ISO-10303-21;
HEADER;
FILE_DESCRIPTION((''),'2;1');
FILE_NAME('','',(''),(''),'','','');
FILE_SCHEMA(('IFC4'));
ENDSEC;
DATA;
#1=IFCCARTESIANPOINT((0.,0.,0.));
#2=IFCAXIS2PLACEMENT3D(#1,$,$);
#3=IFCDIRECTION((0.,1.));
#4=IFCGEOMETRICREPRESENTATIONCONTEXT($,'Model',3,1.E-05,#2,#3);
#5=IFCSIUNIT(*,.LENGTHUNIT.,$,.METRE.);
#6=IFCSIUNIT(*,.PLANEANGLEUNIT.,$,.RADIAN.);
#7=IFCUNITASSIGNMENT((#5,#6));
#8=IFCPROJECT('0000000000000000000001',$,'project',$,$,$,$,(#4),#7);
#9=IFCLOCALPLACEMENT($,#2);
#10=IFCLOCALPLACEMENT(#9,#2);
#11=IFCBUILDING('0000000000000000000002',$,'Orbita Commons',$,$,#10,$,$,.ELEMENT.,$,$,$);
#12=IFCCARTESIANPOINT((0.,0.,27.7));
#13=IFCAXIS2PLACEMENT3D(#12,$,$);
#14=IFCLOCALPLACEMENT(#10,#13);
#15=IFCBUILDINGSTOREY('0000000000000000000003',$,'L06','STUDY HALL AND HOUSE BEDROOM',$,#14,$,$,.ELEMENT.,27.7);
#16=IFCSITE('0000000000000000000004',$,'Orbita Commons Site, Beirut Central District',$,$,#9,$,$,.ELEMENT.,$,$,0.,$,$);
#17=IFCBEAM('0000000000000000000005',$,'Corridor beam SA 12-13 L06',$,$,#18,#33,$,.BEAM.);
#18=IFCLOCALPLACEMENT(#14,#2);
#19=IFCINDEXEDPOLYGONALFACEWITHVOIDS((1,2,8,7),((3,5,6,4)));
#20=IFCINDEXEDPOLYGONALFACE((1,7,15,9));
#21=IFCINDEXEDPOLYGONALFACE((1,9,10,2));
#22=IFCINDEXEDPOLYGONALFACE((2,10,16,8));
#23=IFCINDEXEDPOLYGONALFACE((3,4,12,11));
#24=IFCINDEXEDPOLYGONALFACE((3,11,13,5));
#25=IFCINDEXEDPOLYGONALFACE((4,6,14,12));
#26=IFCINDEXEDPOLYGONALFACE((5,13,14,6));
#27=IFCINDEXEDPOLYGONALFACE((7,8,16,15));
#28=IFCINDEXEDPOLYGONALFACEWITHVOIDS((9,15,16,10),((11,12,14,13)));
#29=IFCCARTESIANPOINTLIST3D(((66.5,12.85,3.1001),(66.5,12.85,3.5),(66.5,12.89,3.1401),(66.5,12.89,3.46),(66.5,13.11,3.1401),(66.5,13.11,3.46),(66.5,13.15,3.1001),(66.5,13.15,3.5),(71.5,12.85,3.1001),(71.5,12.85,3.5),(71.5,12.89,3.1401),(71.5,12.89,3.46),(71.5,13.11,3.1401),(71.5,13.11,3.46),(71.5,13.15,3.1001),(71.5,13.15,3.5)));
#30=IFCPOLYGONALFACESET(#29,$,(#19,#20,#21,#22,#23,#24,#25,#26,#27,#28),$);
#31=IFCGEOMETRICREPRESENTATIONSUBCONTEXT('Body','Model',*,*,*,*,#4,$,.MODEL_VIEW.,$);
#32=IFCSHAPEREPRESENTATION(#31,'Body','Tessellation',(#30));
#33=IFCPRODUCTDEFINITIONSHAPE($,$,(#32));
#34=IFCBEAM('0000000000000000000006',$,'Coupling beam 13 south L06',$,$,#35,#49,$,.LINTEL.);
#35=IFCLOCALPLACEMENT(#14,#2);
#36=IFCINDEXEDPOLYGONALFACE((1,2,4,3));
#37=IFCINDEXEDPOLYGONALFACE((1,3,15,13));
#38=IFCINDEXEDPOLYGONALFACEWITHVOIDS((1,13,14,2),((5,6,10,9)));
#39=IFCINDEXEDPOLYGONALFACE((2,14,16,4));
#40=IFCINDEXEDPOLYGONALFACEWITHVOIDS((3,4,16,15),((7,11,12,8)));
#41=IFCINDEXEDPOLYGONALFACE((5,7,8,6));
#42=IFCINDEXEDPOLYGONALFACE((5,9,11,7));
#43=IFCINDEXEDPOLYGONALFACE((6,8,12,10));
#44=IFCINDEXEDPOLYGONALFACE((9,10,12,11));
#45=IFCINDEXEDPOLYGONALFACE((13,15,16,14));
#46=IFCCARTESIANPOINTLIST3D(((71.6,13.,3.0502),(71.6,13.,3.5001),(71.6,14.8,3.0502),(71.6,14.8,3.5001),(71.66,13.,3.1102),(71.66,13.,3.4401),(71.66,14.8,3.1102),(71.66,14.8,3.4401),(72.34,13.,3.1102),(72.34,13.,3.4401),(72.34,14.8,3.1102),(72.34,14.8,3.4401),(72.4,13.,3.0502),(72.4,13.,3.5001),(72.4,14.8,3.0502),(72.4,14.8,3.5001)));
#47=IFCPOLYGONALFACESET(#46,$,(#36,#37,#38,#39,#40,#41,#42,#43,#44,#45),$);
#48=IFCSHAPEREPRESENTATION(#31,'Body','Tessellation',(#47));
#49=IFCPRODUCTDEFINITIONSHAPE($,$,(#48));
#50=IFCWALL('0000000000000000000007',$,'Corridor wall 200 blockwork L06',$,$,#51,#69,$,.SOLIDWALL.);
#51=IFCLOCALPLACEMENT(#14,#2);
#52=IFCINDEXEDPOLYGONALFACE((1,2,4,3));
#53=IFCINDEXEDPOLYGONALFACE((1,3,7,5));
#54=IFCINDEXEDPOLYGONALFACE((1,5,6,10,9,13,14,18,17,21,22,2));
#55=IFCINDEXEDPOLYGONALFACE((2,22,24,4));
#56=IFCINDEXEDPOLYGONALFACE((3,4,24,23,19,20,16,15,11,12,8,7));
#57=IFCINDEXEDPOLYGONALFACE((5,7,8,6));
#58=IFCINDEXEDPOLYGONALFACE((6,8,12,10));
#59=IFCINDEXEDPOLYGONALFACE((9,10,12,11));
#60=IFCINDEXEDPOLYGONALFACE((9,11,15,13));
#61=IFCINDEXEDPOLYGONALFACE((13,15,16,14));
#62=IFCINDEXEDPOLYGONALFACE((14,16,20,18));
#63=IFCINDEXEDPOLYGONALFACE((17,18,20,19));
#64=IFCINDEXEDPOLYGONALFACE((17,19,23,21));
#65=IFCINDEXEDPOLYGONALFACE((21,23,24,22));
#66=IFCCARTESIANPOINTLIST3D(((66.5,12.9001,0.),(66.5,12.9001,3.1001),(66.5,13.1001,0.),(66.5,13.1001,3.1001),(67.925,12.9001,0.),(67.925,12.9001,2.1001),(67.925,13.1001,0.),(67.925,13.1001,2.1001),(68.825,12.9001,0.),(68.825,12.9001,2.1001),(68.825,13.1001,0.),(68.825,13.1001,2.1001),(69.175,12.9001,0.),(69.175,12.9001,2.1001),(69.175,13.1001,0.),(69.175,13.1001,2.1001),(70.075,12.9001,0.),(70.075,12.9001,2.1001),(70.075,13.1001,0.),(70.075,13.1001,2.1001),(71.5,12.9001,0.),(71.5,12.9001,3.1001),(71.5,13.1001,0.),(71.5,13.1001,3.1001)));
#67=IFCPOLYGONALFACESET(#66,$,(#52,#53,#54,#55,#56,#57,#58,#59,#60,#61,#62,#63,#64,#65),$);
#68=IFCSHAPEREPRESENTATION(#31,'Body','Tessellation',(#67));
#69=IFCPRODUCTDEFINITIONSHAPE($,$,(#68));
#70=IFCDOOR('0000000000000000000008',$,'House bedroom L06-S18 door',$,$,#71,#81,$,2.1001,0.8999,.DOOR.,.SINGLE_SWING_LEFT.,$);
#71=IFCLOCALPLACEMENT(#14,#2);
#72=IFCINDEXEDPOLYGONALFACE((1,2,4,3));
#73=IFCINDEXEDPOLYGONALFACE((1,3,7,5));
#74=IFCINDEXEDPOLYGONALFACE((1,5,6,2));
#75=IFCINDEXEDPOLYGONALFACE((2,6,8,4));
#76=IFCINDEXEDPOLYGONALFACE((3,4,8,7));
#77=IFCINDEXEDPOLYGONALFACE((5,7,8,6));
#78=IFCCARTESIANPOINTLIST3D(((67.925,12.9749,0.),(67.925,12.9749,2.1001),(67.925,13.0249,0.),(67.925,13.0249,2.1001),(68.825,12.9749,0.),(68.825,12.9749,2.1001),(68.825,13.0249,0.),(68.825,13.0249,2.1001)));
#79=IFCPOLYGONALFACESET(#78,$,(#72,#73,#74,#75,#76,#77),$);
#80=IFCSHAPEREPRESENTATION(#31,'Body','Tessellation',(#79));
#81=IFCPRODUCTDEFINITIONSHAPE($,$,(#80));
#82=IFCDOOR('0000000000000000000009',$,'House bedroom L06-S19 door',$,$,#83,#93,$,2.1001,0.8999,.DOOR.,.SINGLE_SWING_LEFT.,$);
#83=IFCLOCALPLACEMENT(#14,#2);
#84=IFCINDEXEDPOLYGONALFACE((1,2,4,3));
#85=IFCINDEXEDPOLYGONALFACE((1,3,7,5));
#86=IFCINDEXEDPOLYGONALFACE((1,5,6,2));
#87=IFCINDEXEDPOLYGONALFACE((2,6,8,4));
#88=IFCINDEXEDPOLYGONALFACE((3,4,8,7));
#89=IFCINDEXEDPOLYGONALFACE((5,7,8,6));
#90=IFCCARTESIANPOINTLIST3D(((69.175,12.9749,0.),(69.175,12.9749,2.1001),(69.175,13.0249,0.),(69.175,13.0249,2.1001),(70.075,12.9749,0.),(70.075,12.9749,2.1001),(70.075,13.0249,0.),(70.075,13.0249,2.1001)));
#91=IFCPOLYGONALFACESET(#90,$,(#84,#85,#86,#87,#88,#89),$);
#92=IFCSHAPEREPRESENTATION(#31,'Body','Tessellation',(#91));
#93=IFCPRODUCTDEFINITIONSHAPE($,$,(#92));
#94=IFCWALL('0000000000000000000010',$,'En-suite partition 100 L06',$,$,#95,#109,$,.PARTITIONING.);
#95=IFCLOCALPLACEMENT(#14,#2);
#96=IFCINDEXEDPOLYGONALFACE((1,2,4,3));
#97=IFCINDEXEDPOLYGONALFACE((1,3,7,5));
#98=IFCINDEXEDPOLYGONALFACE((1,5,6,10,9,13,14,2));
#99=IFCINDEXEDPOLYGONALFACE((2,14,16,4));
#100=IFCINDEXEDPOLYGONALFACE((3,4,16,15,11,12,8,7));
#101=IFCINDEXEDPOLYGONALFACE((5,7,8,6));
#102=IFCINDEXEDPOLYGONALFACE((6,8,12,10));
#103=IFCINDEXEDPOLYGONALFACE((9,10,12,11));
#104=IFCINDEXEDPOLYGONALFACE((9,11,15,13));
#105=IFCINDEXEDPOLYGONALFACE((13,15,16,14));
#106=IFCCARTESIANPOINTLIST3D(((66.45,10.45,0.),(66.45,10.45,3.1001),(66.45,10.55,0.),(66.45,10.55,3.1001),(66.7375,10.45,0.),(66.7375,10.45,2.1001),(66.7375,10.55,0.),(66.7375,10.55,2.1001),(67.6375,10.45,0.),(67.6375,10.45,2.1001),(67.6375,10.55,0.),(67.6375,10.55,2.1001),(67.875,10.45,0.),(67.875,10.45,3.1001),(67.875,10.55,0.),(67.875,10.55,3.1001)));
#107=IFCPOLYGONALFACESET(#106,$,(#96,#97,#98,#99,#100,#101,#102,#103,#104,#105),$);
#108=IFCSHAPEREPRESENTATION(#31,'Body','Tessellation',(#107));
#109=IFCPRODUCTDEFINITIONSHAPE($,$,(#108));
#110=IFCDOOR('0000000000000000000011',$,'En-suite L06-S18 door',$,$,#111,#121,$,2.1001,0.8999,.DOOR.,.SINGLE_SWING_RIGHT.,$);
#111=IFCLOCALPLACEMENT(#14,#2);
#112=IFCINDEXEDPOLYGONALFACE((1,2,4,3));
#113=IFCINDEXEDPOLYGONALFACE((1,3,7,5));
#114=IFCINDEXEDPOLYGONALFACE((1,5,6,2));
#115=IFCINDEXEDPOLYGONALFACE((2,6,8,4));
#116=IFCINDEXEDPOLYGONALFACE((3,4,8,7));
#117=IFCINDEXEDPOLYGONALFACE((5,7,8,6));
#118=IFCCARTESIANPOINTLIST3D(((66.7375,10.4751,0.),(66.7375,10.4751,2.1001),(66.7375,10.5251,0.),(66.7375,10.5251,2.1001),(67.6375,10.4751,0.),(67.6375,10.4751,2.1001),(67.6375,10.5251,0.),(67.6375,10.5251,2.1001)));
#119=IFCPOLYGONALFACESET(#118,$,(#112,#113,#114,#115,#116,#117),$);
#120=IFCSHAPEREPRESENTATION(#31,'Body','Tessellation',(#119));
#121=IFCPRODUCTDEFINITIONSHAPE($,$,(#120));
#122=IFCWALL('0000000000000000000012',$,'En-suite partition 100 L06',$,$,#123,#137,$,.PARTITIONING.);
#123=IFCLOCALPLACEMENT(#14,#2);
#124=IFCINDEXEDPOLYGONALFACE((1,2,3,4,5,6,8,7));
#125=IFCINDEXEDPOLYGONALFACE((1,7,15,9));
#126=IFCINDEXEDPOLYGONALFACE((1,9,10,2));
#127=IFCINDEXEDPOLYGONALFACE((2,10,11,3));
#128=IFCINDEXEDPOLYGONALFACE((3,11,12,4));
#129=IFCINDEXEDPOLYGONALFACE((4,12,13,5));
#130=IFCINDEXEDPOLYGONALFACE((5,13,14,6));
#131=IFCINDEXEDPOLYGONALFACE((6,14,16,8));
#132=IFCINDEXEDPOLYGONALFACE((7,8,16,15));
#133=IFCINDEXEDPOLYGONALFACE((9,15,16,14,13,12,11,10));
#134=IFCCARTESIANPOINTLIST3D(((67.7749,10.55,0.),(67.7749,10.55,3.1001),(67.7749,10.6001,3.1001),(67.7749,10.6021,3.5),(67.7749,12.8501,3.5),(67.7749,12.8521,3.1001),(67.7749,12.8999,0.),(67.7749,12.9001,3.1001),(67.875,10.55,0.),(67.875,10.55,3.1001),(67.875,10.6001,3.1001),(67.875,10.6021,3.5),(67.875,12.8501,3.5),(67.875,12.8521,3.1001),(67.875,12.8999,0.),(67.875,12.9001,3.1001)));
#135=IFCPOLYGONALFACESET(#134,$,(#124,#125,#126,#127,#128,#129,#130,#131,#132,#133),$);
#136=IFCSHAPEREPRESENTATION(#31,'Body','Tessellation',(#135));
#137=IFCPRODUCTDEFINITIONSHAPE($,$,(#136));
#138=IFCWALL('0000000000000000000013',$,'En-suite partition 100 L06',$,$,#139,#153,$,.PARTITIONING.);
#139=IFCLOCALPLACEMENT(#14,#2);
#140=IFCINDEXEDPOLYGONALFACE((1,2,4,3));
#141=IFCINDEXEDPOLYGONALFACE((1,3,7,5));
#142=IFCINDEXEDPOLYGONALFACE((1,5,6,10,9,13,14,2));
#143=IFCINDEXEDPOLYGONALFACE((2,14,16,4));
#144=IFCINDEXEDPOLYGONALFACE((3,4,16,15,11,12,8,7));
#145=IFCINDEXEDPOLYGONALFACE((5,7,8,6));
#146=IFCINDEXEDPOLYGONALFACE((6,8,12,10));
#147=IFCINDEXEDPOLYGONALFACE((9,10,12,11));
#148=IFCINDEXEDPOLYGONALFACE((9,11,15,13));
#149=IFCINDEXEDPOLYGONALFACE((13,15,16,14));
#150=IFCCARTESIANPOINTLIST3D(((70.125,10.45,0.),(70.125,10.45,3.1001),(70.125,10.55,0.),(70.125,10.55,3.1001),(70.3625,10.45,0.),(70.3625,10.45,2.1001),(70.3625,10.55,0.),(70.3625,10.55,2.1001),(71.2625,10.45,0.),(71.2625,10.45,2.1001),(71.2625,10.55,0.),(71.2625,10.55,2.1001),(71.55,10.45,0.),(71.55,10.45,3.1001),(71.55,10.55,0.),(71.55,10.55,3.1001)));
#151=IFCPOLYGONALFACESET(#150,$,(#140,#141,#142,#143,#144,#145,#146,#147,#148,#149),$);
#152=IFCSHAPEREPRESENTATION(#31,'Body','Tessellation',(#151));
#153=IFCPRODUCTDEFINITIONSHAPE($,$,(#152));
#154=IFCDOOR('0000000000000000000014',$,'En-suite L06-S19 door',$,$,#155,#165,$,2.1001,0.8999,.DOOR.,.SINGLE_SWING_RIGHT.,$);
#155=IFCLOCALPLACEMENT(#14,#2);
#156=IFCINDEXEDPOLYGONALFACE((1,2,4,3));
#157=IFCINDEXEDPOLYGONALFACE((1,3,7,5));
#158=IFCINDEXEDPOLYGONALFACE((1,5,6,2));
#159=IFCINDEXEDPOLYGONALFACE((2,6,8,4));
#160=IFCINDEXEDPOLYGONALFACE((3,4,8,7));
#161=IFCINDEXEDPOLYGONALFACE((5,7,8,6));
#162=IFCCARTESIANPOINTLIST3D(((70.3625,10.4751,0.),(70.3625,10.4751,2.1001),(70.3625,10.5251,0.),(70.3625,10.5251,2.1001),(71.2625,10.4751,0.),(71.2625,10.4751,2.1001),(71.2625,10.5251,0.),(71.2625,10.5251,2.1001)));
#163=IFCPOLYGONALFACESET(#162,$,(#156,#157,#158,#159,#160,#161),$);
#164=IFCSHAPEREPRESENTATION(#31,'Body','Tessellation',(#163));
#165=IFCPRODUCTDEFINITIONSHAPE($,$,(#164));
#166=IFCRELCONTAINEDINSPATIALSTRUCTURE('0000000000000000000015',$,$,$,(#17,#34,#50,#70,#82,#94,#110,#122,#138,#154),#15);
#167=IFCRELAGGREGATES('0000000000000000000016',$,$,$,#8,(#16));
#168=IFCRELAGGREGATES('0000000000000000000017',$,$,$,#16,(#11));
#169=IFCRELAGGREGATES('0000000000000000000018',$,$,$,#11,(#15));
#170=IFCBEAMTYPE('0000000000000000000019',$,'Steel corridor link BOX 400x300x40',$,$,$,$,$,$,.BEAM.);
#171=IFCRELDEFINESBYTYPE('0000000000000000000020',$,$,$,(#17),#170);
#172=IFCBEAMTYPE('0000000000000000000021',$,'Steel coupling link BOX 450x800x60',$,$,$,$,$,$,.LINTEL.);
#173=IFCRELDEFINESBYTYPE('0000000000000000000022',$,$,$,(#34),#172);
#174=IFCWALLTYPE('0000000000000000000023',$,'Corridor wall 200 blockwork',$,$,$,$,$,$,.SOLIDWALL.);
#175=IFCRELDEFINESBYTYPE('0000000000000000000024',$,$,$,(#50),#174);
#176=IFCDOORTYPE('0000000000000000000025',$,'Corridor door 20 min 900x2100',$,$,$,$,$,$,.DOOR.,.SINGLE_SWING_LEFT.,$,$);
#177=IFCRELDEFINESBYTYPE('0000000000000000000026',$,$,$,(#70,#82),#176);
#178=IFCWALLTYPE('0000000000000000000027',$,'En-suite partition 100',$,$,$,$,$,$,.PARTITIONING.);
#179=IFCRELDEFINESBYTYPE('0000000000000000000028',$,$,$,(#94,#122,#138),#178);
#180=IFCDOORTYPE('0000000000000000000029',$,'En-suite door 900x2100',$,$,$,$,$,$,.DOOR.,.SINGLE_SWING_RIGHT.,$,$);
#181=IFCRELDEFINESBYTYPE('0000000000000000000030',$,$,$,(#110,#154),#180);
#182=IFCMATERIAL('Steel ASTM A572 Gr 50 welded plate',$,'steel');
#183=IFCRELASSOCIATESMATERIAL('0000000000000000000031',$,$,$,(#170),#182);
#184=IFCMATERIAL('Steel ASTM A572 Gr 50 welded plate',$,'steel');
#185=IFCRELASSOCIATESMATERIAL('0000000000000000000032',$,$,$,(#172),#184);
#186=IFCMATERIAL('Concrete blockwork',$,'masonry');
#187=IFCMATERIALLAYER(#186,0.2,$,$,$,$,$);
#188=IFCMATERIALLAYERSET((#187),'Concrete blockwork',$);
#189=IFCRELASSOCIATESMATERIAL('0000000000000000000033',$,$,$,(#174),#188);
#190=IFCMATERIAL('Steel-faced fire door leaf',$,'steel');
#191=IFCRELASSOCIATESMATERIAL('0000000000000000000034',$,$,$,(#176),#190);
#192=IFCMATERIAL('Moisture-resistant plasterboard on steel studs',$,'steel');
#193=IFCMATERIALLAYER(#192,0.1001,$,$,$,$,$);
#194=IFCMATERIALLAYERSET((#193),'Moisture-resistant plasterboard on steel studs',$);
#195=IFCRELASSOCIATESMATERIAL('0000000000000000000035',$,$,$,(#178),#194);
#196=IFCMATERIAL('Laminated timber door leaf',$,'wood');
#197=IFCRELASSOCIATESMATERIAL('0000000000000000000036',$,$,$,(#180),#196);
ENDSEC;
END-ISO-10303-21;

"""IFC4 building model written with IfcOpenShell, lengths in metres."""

from ifc_helpers import new_model, si_unit, direction, frame, frame_2d, origin, origin_2d, place, context, subcontext, project, spatial, polyline, rectangle, hollow_rectangle, outline, extrude, material, layer, layer_set, material_profile, profile_set, type_object, element, fill, save


model = new_model("IFC4")

# Units and contexts
model_context = context("Model", 3, precision=1e-05, world=origin(), true_north=direction((0.0, 1.0)))
body_context = subcontext(model_context, "Body", "Model", "MODEL_VIEW")
ifc_project = project(units=[si_unit("LENGTHUNIT", "METRE"), si_unit("PLANEANGLEUNIT", "RADIAN")], contexts=[model_context])

# Site, building, storey
site_placement = place(None, origin())
site = spatial("IfcSite", under=ifc_project, at=site_placement, Name="Orbita Commons Site, Beirut Central District", CompositionType="ELEMENT", RefElevation=0.0)
building_placement = place(site_placement, origin())
building = spatial("IfcBuilding", under=site, at=building_placement, Name="Orbita Commons", CompositionType="ELEMENT")
storey_placement = place(building_placement, frame((0.0, 0.0, 27.7)))
storey = spatial("IfcBuildingStorey", under=building, at=storey_placement, Name="L06", Description="STUDY HALL AND HOUSE BEDROOM", CompositionType="ELEMENT", Elevation=27.7)

# Beams
ifc_material_1 = material(Name="Steel ASTM A572 Gr 50 welded plate", Category="steel")
ifc_material_profile_1 = material_profile(ifc_material_1, hollow_rectangle(XDim=0.3, YDim=0.3999, WallThickness=0.04, at=origin_2d()), Name="BOX 400x300x40")
ifc_profile_set_1 = profile_set([ifc_material_profile_1], Name="Steel ASTM A572 Gr 50 welded plate")
beam_type_1 = type_object("IfcBeamType", Name="Steel corridor link BOX 400x300x40", PredefinedType="BEAM", material=ifc_profile_set_1)
beam_1_placement = place(storey_placement, frame((66.5, 13.0, 3.3), z_axis=(1.0, 0.0, 0.0), x_axis=(0.0, 1.0, 0.0)))
element("IfcBeam", 1, at=beam_1_placement, inside=storey, type_object=beam_type_1, Name="Corridor beam SA 12-13 L06", PredefinedType="BEAM", context=body_context, shape_type="SweptSolid", body=[
    extrude(hollow_rectangle(XDim=0.3, YDim=0.3999, WallThickness=0.04, at=origin_2d()), origin(), (0.0, 0.0, 1.0), 5.0),
])
ifc_material_2 = material(Name="Steel ASTM A572 Gr 50 welded plate", Category="steel")
ifc_material_profile_2 = material_profile(ifc_material_2, hollow_rectangle(XDim=0.8, YDim=0.45, WallThickness=0.0601, at=origin_2d()), Name="BOX 450x800x60")
ifc_profile_set_2 = profile_set([ifc_material_profile_2], Name="Steel ASTM A572 Gr 50 welded plate")
beam_type_2 = type_object("IfcBeamType", Name="Steel coupling link BOX 450x800x60", PredefinedType="LINTEL", material=ifc_profile_set_2)
beam_2_placement = place(storey_placement, frame((72.0, 13.0, 3.2751), z_axis=(0.0, 1.0, 0.0), x_axis=(-1.0, 0.0, 0.0)))
element("IfcBeam", 2, at=beam_2_placement, inside=storey, type_object=beam_type_2, Name="Coupling beam 13 south L06", PredefinedType="LINTEL", context=body_context, shape_type="SweptSolid", body=[
    extrude(hollow_rectangle(XDim=0.8, YDim=0.45, WallThickness=0.0601, at=origin_2d()), origin(), (0.0, 0.0, 1.0), 1.8),
])

# Wall, openings, doors
ifc_material_3 = material(Name="Concrete blockwork", Category="masonry")
ifc_layer_1 = layer(ifc_material_3, 0.2)
ifc_layer_set_1 = layer_set([ifc_layer_1], Name="Concrete blockwork")
wall_type_1 = type_object("IfcWallType", Name="Corridor wall 200 blockwork", PredefinedType="SOLIDWALL", material=ifc_layer_set_1)
wall_1_placement = place(storey_placement, frame((66.5, 13.0, 0.0), z_axis=(0.0, 0.0, 1.0), x_axis=(1.0, 0.0, 0.0)))
wall_1 = element("IfcWall", 3, at=wall_1_placement, inside=storey, type_object=wall_type_1, Name="Corridor wall 200 blockwork L06", PredefinedType="SOLIDWALL", context=body_context, shape_type="SweptSolid", body=[
    extrude(outline(polyline([(0.0, 0.0), (5.0, 0.0), (5.0, 3.1001), (0.0, 3.1001), (0.0, 0.0)])), frame((0.0, 0.1001, 0.0), z_axis=(0.0, -1.0, 0.0), x_axis=(1.0, 0.0, 0.0)), (0.0, 0.0, 1.0), 0.2),
])
opening_1_placement = place(wall_1_placement, frame((1.425, 0.0, 0.0)))
opening_1 = element("IfcOpeningElement", 4, at=opening_1_placement, cuts=wall_1, PredefinedType="OPENING", context=body_context, shape_type="SweptSolid", body=[
    extrude(rectangle(XDim=0.8999, YDim=2.1001, at=frame_2d((0.45, 1.05))), frame((0.0, 0.1099, 0.0), z_axis=(0.0, -1.0, 0.0), x_axis=(1.0, 0.0, 0.0)), (0.0, 0.0, 1.0), 0.22),
])
opening_2_placement = place(wall_1_placement, frame((2.675, 0.0, 0.0)))
opening_2 = element("IfcOpeningElement", 5, at=opening_2_placement, cuts=wall_1, PredefinedType="OPENING", context=body_context, shape_type="SweptSolid", body=[
    extrude(rectangle(XDim=0.8999, YDim=2.1001, at=frame_2d((0.45, 1.05))), frame((0.0, 0.1099, 0.0), z_axis=(0.0, -1.0, 0.0), x_axis=(1.0, 0.0, 0.0)), (0.0, 0.0, 1.0), 0.22),
])
ifc_material_4 = material(Name="Steel-faced fire door leaf", Category="steel")
door_type_1 = type_object("IfcDoorType", Name="Corridor door 20 min 900x2100", OperationType="SINGLE_SWING_LEFT", PredefinedType="DOOR", material=ifc_material_4)
door_1_placement = place(opening_1_placement, origin())
door_1 = element("IfcDoor", 6, at=door_1_placement, inside=storey, type_object=door_type_1, Name="House bedroom L06-S18 door", OperationType="SINGLE_SWING_LEFT", OverallHeight=2.1001, OverallWidth=0.8999, PredefinedType="DOOR", context=body_context, shape_type="SweptSolid", body=[
    extrude(rectangle(XDim=0.8999, YDim=2.1001, at=frame_2d((0.45, 1.05))), frame((0.0, 0.0249, 0.0), z_axis=(0.0, -1.0, 0.0), x_axis=(1.0, 0.0, 0.0)), (0.0, 0.0, 1.0), 0.05),
])
fill(opening_1, door_1)
door_2_placement = place(opening_2_placement, origin())
door_2 = element("IfcDoor", 7, at=door_2_placement, inside=storey, type_object=door_type_1, Name="House bedroom L06-S19 door", OperationType="SINGLE_SWING_LEFT", OverallHeight=2.1001, OverallWidth=0.8999, PredefinedType="DOOR", context=body_context, shape_type="SweptSolid", body=[
    extrude(rectangle(XDim=0.8999, YDim=2.1001, at=frame_2d((0.45, 1.05))), frame((0.0, 0.0249, 0.0), z_axis=(0.0, -1.0, 0.0), x_axis=(1.0, 0.0, 0.0)), (0.0, 0.0, 1.0), 0.05),
])
fill(opening_2, door_2)

# Wall, opening, door
ifc_material_5 = material(Name="Moisture-resistant plasterboard on steel studs", Category="steel")
ifc_layer_2 = layer(ifc_material_5, 0.1001)
ifc_layer_set_2 = layer_set([ifc_layer_2], Name="Moisture-resistant plasterboard on steel studs")
wall_type_2 = type_object("IfcWallType", Name="En-suite partition 100", PredefinedType="PARTITIONING", material=ifc_layer_set_2)
wall_2_placement = place(storey_placement, frame((67.875, 10.5, 0.0), z_axis=(0.0, 0.0, 1.0), x_axis=(-1.0, 0.0, 0.0)))
wall_2 = element("IfcWall", 8, at=wall_2_placement, inside=storey, type_object=wall_type_2, Name="En-suite partition 100 L06", PredefinedType="PARTITIONING", context=body_context, shape_type="SweptSolid", body=[
    extrude(outline(polyline([(0.0, 0.0), (1.425, 0.0), (1.425, 3.1001), (0.0, 3.1001), (0.0, 0.0)])), frame((0.0, 0.05, 0.0), z_axis=(0.0, -1.0, 0.0), x_axis=(1.0, 0.0, 0.0)), (0.0, 0.0, 1.0), 0.1001),
])
opening_3_placement = place(wall_2_placement, frame((0.2375, 0.0, 0.0)))
opening_3 = element("IfcOpeningElement", 9, at=opening_3_placement, cuts=wall_2, PredefinedType="OPENING", context=body_context, shape_type="SweptSolid", body=[
    extrude(rectangle(XDim=0.8999, YDim=2.1001, at=frame_2d((0.45, 1.05))), frame((0.0, 0.0601, 0.0), z_axis=(0.0, -1.0, 0.0), x_axis=(1.0, 0.0, 0.0)), (0.0, 0.0, 1.0), 0.1201),
])
ifc_material_6 = material(Name="Laminated timber door leaf", Category="wood")
door_type_2 = type_object("IfcDoorType", Name="En-suite door 900x2100", OperationType="SINGLE_SWING_RIGHT", PredefinedType="DOOR", material=ifc_material_6)
door_3_placement = place(opening_3_placement, origin())
door_3 = element("IfcDoor", 10, at=door_3_placement, inside=storey, type_object=door_type_2, Name="En-suite L06-S18 door", OperationType="SINGLE_SWING_RIGHT", OverallHeight=2.1001, OverallWidth=0.8999, PredefinedType="DOOR", context=body_context, shape_type="SweptSolid", body=[
    extrude(rectangle(XDim=0.8999, YDim=2.1001, at=frame_2d((0.45, 1.05))), frame((0.0, 0.0249, 0.0), z_axis=(0.0, -1.0, 0.0), x_axis=(1.0, 0.0, 0.0)), (0.0, 0.0, 1.0), 0.05),
])
fill(opening_3, door_3)

# Wall
wall_3_placement = place(storey_placement, frame((67.825, 10.55, 0.0), z_axis=(0.0, 0.0, 1.0), x_axis=(0.0, 1.0, 0.0)))
element("IfcWall", 11, at=wall_3_placement, inside=storey, type_object=wall_type_2, Name="En-suite partition 100 L06", PredefinedType="PARTITIONING", context=body_context, shape_type="SweptSolid", body=[
    extrude(outline(polyline([(0.0, 0.0), (2.3499, 0.0), (2.3501, 3.1001), (2.302, 3.1001), (2.3, 3.5), (0.052, 3.5), (0.05, 3.1001), (0.0, 3.1001), (0.0, 0.0)])), frame((0.0, 0.05, 0.0), z_axis=(0.0, -1.0, 0.0), x_axis=(1.0, 0.0, 0.0)), (0.0, 0.0, 1.0), 0.1001),
])

# Wall, opening, door
wall_4_placement = place(storey_placement, frame((71.55, 10.5, 0.0), z_axis=(0.0, 0.0, 1.0), x_axis=(-1.0, 0.0, 0.0)))
wall_4 = element("IfcWall", 12, at=wall_4_placement, inside=storey, type_object=wall_type_2, Name="En-suite partition 100 L06", PredefinedType="PARTITIONING", context=body_context, shape_type="SweptSolid", body=[
    extrude(outline(polyline([(0.0, 0.0), (1.425, 0.0), (1.425, 3.1001), (0.0, 3.1001), (0.0, 0.0)])), frame((0.0, 0.05, 0.0), z_axis=(0.0, -1.0, 0.0), x_axis=(1.0, 0.0, 0.0)), (0.0, 0.0, 1.0), 0.1001),
])
opening_4_placement = place(wall_4_placement, frame((0.2876, 0.0, 0.0)))
opening_4 = element("IfcOpeningElement", 13, at=opening_4_placement, cuts=wall_4, PredefinedType="OPENING", context=body_context, shape_type="SweptSolid", body=[
    extrude(rectangle(XDim=0.8999, YDim=2.1001, at=frame_2d((0.45, 1.05))), frame((0.0, 0.0601, 0.0), z_axis=(0.0, -1.0, 0.0), x_axis=(1.0, 0.0, 0.0)), (0.0, 0.0, 1.0), 0.1201),
])
door_4_placement = place(opening_4_placement, origin())
door_4 = element("IfcDoor", 14, at=door_4_placement, inside=storey, type_object=door_type_2, Name="En-suite L06-S19 door", OperationType="SINGLE_SWING_RIGHT", OverallHeight=2.1001, OverallWidth=0.8999, PredefinedType="DOOR", context=body_context, shape_type="SweptSolid", body=[
    extrude(rectangle(XDim=0.8999, YDim=2.1001, at=frame_2d((0.45, 1.05))), frame((0.0, 0.0249, 0.0), z_axis=(0.0, -1.0, 0.0), x_axis=(1.0, 0.0, 0.0)), (0.0, 0.0, 1.0), 0.05),
])
fill(opening_4, door_4)

save(model, "model.ifc")
